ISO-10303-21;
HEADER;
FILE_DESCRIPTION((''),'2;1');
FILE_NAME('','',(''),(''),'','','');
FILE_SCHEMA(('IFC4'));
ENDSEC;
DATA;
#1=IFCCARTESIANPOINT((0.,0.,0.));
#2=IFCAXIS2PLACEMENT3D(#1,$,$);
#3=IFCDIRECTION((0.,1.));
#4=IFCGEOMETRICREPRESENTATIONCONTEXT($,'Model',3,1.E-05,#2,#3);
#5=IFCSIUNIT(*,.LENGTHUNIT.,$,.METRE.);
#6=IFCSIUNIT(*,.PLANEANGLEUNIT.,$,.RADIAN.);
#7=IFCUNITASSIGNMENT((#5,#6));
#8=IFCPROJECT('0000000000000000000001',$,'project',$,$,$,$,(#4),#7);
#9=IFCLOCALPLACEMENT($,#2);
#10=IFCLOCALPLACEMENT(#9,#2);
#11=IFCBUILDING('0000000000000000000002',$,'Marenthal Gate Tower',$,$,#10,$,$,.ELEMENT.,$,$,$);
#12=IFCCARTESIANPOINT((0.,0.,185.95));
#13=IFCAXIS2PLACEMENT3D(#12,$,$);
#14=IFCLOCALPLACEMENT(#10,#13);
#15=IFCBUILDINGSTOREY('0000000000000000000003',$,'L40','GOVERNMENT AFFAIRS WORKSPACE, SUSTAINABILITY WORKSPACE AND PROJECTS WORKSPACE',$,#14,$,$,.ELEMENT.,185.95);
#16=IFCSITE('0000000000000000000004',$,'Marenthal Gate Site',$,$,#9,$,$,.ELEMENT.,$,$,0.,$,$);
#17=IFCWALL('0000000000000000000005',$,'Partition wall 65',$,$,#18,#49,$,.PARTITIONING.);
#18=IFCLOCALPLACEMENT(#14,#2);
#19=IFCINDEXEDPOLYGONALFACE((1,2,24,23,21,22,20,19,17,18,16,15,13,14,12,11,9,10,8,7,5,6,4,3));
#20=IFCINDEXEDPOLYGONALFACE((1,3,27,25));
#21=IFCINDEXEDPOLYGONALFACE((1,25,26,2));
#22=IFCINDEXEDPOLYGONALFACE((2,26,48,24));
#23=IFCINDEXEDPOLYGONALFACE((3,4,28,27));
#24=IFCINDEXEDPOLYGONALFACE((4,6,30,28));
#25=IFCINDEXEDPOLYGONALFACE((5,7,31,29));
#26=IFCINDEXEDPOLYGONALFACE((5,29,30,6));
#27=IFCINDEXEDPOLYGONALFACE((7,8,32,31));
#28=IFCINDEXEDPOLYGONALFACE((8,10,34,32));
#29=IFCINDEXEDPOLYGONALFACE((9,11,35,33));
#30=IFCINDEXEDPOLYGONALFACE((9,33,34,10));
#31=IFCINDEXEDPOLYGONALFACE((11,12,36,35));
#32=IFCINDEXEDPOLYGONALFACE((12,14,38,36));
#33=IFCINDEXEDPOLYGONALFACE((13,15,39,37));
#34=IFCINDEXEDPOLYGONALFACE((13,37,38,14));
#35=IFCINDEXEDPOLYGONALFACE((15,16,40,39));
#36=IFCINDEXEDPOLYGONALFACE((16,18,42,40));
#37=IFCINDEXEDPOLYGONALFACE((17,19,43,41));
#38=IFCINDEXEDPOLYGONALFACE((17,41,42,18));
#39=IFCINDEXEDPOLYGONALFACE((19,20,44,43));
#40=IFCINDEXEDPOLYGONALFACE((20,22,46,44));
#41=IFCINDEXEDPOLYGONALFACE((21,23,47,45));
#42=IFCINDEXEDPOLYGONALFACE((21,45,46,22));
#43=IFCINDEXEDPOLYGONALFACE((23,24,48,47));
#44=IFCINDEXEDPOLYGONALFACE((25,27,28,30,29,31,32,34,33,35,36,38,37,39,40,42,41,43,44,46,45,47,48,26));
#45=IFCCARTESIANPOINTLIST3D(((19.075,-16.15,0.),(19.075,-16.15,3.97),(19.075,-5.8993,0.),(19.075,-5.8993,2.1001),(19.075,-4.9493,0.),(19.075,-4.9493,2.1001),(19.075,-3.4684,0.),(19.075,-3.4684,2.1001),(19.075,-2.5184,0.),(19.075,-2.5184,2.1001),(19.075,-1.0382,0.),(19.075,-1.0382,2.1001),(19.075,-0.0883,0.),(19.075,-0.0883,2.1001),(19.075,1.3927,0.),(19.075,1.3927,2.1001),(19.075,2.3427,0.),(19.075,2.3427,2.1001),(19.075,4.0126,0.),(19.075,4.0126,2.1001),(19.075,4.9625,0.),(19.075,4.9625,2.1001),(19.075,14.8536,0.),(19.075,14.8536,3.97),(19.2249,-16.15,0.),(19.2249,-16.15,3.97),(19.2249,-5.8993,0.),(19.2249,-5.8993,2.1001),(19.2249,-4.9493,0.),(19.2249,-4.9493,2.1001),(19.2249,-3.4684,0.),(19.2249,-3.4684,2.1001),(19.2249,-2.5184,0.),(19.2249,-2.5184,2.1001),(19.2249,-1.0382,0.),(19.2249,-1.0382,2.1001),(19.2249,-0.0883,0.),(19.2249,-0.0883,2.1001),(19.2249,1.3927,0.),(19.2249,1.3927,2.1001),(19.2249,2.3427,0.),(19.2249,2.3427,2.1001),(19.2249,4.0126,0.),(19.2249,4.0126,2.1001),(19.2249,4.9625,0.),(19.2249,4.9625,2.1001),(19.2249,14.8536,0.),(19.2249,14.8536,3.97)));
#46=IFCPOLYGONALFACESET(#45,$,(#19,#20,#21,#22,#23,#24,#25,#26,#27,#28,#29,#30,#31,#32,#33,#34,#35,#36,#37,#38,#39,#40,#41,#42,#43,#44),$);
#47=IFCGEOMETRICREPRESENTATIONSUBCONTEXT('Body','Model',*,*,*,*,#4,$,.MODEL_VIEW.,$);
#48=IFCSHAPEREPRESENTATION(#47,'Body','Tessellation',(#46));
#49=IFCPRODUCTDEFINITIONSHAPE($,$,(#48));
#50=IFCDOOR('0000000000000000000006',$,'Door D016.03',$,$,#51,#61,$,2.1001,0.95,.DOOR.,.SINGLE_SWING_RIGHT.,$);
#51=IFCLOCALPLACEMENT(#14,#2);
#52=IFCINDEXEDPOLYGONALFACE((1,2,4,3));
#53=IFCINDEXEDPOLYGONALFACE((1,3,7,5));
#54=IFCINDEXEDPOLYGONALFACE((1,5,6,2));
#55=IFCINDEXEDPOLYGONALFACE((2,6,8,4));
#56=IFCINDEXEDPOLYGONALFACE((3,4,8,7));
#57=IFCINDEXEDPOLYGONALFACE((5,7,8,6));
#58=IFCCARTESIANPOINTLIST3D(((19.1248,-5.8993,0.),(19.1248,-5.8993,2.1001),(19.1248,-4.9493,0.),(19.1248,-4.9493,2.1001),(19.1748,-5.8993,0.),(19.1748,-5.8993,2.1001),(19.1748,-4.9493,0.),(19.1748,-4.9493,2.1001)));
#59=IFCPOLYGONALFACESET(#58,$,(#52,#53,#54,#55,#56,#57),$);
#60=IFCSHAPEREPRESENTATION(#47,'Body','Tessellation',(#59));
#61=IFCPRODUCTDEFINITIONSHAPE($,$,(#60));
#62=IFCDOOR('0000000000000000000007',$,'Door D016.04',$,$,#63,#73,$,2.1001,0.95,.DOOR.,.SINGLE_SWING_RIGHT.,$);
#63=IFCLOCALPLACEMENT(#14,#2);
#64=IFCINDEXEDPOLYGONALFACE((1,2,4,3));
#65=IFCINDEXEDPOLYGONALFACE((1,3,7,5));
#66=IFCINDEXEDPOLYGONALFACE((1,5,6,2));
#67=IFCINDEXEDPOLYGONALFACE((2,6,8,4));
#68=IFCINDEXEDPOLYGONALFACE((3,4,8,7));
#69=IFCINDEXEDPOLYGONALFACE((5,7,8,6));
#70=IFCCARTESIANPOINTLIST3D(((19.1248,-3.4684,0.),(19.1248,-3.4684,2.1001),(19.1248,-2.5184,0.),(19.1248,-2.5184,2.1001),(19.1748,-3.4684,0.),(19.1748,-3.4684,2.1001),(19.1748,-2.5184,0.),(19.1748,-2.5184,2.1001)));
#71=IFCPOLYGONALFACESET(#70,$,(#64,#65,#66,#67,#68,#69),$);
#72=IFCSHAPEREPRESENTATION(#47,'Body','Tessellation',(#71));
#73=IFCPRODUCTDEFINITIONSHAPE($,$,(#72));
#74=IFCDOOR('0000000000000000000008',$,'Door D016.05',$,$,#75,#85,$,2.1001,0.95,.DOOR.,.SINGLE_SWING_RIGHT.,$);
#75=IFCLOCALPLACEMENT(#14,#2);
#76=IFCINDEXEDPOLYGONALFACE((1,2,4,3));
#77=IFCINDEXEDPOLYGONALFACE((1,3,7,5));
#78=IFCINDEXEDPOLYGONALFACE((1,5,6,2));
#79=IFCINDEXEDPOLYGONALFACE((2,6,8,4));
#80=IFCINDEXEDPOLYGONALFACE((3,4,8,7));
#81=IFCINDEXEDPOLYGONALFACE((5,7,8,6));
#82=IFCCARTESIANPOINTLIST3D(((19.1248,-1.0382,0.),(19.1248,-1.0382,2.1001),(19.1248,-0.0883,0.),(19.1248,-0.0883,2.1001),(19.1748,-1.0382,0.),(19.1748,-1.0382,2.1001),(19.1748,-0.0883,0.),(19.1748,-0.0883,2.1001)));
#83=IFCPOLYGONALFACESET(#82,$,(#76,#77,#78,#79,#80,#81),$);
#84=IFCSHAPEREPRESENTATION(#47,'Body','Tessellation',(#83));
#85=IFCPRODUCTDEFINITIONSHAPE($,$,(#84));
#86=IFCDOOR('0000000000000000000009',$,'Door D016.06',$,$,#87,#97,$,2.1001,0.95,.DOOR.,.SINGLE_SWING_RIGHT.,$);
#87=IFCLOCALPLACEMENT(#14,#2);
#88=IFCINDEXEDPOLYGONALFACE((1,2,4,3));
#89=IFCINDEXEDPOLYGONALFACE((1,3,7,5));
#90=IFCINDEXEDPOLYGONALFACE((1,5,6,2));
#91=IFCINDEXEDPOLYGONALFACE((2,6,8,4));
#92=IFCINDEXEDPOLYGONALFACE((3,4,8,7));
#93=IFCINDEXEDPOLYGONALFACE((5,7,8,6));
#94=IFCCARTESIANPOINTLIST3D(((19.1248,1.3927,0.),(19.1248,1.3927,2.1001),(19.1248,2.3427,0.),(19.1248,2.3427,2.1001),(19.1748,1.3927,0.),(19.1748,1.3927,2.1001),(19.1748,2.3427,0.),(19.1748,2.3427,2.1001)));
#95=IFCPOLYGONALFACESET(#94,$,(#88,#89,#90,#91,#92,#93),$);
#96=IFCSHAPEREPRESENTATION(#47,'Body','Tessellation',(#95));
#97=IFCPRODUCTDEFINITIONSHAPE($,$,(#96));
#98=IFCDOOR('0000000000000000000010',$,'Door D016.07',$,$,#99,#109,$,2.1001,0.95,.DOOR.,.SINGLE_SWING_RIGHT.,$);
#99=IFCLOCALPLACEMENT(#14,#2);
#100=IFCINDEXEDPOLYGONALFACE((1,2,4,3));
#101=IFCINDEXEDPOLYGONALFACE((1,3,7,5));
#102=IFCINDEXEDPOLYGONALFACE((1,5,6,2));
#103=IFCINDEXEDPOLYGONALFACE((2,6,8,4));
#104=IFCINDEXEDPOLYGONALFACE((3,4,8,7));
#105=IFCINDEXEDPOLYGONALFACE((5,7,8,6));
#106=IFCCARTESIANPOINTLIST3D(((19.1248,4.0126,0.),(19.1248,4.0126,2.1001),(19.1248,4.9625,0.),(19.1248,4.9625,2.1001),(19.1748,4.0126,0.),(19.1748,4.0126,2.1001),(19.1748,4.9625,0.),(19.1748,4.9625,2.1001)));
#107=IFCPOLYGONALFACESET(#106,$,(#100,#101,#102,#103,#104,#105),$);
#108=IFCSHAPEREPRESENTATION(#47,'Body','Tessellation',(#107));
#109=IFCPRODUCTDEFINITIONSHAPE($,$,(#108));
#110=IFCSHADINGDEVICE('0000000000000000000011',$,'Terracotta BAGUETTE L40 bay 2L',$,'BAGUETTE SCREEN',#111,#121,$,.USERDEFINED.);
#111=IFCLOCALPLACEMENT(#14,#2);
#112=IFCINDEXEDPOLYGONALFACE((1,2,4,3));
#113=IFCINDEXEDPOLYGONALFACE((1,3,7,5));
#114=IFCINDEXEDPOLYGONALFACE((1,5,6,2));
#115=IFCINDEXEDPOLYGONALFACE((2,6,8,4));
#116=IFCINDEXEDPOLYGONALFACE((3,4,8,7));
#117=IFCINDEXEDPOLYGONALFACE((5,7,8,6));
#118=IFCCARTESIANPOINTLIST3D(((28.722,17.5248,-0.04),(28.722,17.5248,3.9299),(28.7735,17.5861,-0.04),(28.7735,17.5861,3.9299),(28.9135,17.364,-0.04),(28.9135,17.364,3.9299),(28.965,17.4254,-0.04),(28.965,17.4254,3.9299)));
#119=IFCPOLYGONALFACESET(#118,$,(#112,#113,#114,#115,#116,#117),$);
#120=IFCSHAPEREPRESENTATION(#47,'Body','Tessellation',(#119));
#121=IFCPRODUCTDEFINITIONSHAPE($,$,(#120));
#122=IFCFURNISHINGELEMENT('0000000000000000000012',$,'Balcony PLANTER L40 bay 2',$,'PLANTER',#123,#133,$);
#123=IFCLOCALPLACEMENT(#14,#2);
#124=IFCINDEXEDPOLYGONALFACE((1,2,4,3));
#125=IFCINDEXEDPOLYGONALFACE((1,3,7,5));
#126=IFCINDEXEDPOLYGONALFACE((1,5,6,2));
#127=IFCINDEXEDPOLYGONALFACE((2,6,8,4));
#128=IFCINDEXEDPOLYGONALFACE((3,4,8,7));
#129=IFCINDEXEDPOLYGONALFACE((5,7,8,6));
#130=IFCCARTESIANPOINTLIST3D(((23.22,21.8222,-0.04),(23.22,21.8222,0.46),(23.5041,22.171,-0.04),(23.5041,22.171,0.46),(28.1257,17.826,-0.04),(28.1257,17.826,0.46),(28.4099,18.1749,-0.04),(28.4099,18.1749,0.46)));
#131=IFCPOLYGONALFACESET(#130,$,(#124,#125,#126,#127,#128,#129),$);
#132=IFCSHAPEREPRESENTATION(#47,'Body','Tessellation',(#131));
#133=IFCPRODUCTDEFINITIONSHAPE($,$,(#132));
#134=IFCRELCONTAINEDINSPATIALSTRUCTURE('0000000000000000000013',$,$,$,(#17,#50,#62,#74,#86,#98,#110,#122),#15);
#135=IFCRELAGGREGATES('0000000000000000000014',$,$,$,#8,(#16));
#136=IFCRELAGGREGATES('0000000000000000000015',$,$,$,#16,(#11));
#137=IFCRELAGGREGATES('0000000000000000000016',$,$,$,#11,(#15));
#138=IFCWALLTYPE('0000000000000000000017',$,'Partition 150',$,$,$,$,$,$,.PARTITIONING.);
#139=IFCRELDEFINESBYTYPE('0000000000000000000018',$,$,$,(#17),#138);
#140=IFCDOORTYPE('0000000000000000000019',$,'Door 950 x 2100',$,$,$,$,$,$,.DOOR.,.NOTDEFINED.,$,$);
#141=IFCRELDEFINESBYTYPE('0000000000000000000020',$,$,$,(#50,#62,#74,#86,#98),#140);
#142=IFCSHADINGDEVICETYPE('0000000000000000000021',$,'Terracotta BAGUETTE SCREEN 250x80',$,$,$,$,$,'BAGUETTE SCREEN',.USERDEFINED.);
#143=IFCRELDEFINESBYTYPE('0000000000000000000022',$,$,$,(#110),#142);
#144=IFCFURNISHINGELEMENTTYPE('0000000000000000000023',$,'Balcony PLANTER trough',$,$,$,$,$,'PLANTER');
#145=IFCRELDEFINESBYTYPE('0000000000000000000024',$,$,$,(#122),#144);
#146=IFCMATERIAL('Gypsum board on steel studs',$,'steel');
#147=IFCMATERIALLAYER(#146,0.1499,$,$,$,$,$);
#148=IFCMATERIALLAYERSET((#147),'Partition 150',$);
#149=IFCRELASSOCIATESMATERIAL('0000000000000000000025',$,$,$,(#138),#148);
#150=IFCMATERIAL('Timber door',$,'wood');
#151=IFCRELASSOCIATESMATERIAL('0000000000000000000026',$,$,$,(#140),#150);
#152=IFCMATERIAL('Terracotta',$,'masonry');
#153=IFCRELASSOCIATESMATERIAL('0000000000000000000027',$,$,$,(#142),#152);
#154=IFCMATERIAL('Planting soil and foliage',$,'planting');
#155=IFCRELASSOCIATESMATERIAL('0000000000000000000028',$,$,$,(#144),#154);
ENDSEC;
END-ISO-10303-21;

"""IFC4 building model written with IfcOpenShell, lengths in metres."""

from ifc_helpers import new_model, si_unit, direction, frame, frame_2d, origin, origin_2d, place, context, subcontext, project, spatial, rectangle, extrude, material, layer, layer_set, material_profile, profile_set, type_object, element, fill, save


model = new_model("IFC4")

# Units and contexts
model_context = context("Model", 3, precision=1e-05, world=origin(), true_north=direction((0.0, 1.0)))
body_context = subcontext(model_context, "Body", "Model", "MODEL_VIEW")
ifc_project = project(units=[si_unit("LENGTHUNIT", "METRE"), si_unit("PLANEANGLEUNIT", "RADIAN")], contexts=[model_context])

# Site, building, storey
site_placement = place(None, origin())
site = spatial("IfcSite", under=ifc_project, at=site_placement, Name="Marenthal Gate Site", CompositionType="ELEMENT", RefElevation=0.0)
building_placement = place(site_placement, origin())
building = spatial("IfcBuilding", under=site, at=building_placement, Name="Marenthal Gate Tower", CompositionType="ELEMENT")
storey_placement = place(building_placement, frame((0.0, 0.0, 185.95)))
storey = spatial("IfcBuildingStorey", under=building, at=storey_placement, Name="L40", Description="GOVERNMENT AFFAIRS WORKSPACE, SUSTAINABILITY WORKSPACE AND PROJECTS WORKSPACE", CompositionType="ELEMENT", Elevation=185.95)

# Shared definitions
ifc_material_1 = material(Name="Gypsum board on steel studs", Category="steel")
ifc_layer_1 = layer(ifc_material_1, 0.1499)
ifc_layer_set_1 = layer_set([ifc_layer_1], Name="Partition 150")
wall_type_1 = type_object("IfcWallType", Name="Partition 150", PredefinedType="PARTITIONING", material=ifc_layer_set_1)

# Wall, openings, doors
wall_1_placement = place(storey_placement, frame((19.1499, 14.8538, 0.0), z_axis=(0.0, 0.0, 1.0), x_axis=(0.0, -1.0, 0.0)))
wall_1 = element("IfcWall", 1, at=wall_1_placement, inside=storey, type_object=wall_type_1, Name="Partition wall 65", PredefinedType="PARTITIONING", context=body_context, shape_type="SweptSolid", body=[
    extrude(rectangle(XDim=31.0037, YDim=0.1499, at=frame_2d((15.502, 0.0))), origin(), (0.0, 0.0, 1.0), 3.97),
])
opening_1_placement = place(wall_1_placement, frame((19.803, 0.0, 0.0)))
opening_1 = element("IfcOpeningElement", 2, at=opening_1_placement, cuts=wall_1, PredefinedType="OPENING", context=body_context, shape_type="SweptSolid", body=[
    extrude(rectangle(XDim=0.95, YDim=2.1001, at=frame_2d((0.4751, 1.05))), frame((0.0, 0.085, 0.0), z_axis=(0.0, -1.0, 0.0), x_axis=(1.0, 0.0, 0.0)), (0.0, 0.0, 1.0), 0.1699),
])
opening_2_placement = place(wall_1_placement, frame((17.3721, 0.0, 0.0)))
opening_2 = element("IfcOpeningElement", 3, at=opening_2_placement, cuts=wall_1, PredefinedType="OPENING", context=body_context, shape_type="SweptSolid", body=[
    extrude(rectangle(XDim=0.95, YDim=2.1001, at=frame_2d((0.4751, 1.05))), frame((0.0, 0.085, 0.0), z_axis=(0.0, -1.0, 0.0), x_axis=(1.0, 0.0, 0.0)), (0.0, 0.0, 1.0), 0.1699),
])
opening_3_placement = place(wall_1_placement, frame((14.9419, 0.0, 0.0)))
opening_3 = element("IfcOpeningElement", 4, at=opening_3_placement, cuts=wall_1, PredefinedType="OPENING", context=body_context, shape_type="SweptSolid", body=[
    extrude(rectangle(XDim=0.95, YDim=2.1001, at=frame_2d((0.4751, 1.05))), frame((0.0, 0.085, 0.0), z_axis=(0.0, -1.0, 0.0), x_axis=(1.0, 0.0, 0.0)), (0.0, 0.0, 1.0), 0.1699),
])
opening_4_placement = place(wall_1_placement, frame((12.511, 0.0, 0.0)))
opening_4 = element("IfcOpeningElement", 5, at=opening_4_placement, cuts=wall_1, PredefinedType="OPENING", context=body_context, shape_type="SweptSolid", body=[
    extrude(rectangle(XDim=0.95, YDim=2.1001, at=frame_2d((0.4751, 1.05))), frame((0.0, 0.085, 0.0), z_axis=(0.0, -1.0, 0.0), x_axis=(1.0, 0.0, 0.0)), (0.0, 0.0, 1.0), 0.1699),
])
opening_5_placement = place(wall_1_placement, frame((9.8911, 0.0, 0.0)))
opening_5 = element("IfcOpeningElement", 6, at=opening_5_placement, cuts=wall_1, PredefinedType="OPENING", context=body_context, shape_type="SweptSolid", body=[
    extrude(rectangle(XDim=0.95, YDim=2.1001, at=frame_2d((0.4751, 1.05))), frame((0.0, 0.085, 0.0), z_axis=(0.0, -1.0, 0.0), x_axis=(1.0, 0.0, 0.0)), (0.0, 0.0, 1.0), 0.1699),
])
ifc_material_2 = material(Name="Timber door", Category="wood")
door_type_1 = type_object("IfcDoorType", Name="Door 950 x 2100", OperationType="NOTDEFINED", PredefinedType="DOOR", material=ifc_material_2)
door_1_placement = place(opening_1_placement, origin())
door_1 = element("IfcDoor", 7, at=door_1_placement, inside=storey, type_object=door_type_1, Name="Door D016.03", OperationType="SINGLE_SWING_RIGHT", OverallHeight=2.1001, OverallWidth=0.95, PredefinedType="DOOR", context=body_context, shape_type="SweptSolid", body=[
    extrude(rectangle(XDim=0.95, YDim=2.1001, at=frame_2d((0.4751, 1.05))), frame((0.0, 0.0249, 0.0), z_axis=(0.0, -1.0, 0.0), x_axis=(1.0, 0.0, 0.0)), (0.0, 0.0, 1.0), 0.05),
])
fill(opening_1, door_1)
door_2_placement = place(opening_2_placement, origin())
door_2 = element("IfcDoor", 8, at=door_2_placement, inside=storey, type_object=door_type_1, Name="Door D016.04", OperationType="SINGLE_SWING_RIGHT", OverallHeight=2.1001, OverallWidth=0.95, PredefinedType="DOOR", context=body_context, shape_type="SweptSolid", body=[
    extrude(rectangle(XDim=0.95, YDim=2.1001, at=frame_2d((0.4751, 1.05))), frame((0.0, 0.0249, 0.0), z_axis=(0.0, -1.0, 0.0), x_axis=(1.0, 0.0, 0.0)), (0.0, 0.0, 1.0), 0.05),
])
fill(opening_2, door_2)
door_3_placement = place(opening_3_placement, origin())
door_3 = element("IfcDoor", 9, at=door_3_placement, inside=storey, type_object=door_type_1, Name="Door D016.05", OperationType="SINGLE_SWING_RIGHT", OverallHeight=2.1001, OverallWidth=0.95, PredefinedType="DOOR", context=body_context, shape_type="SweptSolid", body=[
    extrude(rectangle(XDim=0.95, YDim=2.1001, at=frame_2d((0.4751, 1.05))), frame((0.0, 0.0249, 0.0), z_axis=(0.0, -1.0, 0.0), x_axis=(1.0, 0.0, 0.0)), (0.0, 0.0, 1.0), 0.05),
])
fill(opening_3, door_3)
door_4_placement = place(opening_4_placement, origin())
door_4 = element("IfcDoor", 10, at=door_4_placement, inside=storey, type_object=door_type_1, Name="Door D016.06", OperationType="SINGLE_SWING_RIGHT", OverallHeight=2.1001, OverallWidth=0.95, PredefinedType="DOOR", context=body_context, shape_type="SweptSolid", body=[
    extrude(rectangle(XDim=0.95, YDim=2.1001, at=frame_2d((0.4751, 1.05))), frame((0.0, 0.0249, 0.0), z_axis=(0.0, -1.0, 0.0), x_axis=(1.0, 0.0, 0.0)), (0.0, 0.0, 1.0), 0.05),
])
fill(opening_4, door_4)
door_5_placement = place(opening_5_placement, origin())
door_5 = element("IfcDoor", 11, at=door_5_placement, inside=storey, type_object=door_type_1, Name="Door D016.07", OperationType="SINGLE_SWING_RIGHT", OverallHeight=2.1001, OverallWidth=0.95, PredefinedType="DOOR", context=body_context, shape_type="SweptSolid", body=[
    extrude(rectangle(XDim=0.95, YDim=2.1001, at=frame_2d((0.4751, 1.05))), frame((0.0, 0.0249, 0.0), z_axis=(0.0, -1.0, 0.0), x_axis=(1.0, 0.0, 0.0)), (0.0, 0.0, 1.0), 0.05),
])
fill(opening_5, door_5)

# Shading device
ifc_material_3 = material(Name="Terracotta", Category="masonry")
ifc_material_profile_1 = material_profile(ifc_material_3, rectangle(XDim=0.25, YDim=0.0801, at=origin_2d()), Name="Terracotta baguette 250x80")
ifc_profile_set_1 = profile_set([ifc_material_profile_1], Name="Terracotta")
shading_device_type = type_object("IfcShadingDeviceType", Name="Terracotta BAGUETTE SCREEN 250x80", ElementType="BAGUETTE SCREEN", PredefinedType="USERDEFINED", material=ifc_profile_set_1)
shading_device_placement = place(storey_placement, frame((28.8435, 17.4751, -0.04), z_axis=(0.0, 0.0, 1.0), x_axis=(-0.76578, 0.643103, 0.0)))
element("IfcShadingDevice", 12, at=shading_device_placement, inside=storey, type_object=shading_device_type, Name="Terracotta BAGUETTE L40 bay 2L", ObjectType="BAGUETTE SCREEN", PredefinedType="USERDEFINED", context=body_context, shape_type="SweptSolid", body=[
    extrude(rectangle(XDim=0.25, YDim=0.0801, at=origin_2d()), origin(), (0.0, 0.0, 1.0), 3.97),
])

# Furnishing element
ifc_material_4 = material(Name="Planting soil and foliage", Category="planting")
furnishing_element_type = type_object("IfcFurnishingElementType", Name="Balcony PLANTER trough", ElementType="PLANTER", material=ifc_material_4)
furnishing_placement = place(storey_placement, frame((25.8149, 19.9985, -0.04), z_axis=(0.0, 0.0, 1.0), x_axis=(-0.775322, 0.631567, 0.0)))
element("IfcFurnishingElement", 13, at=furnishing_placement, inside=storey, type_object=furnishing_element_type, Name="Balcony PLANTER L40 bay 2", ObjectType="PLANTER", context=body_context, shape_type="SweptSolid", body=[
    extrude(rectangle(XDim=6.3274, YDim=0.45, at=origin_2d()), origin(), (0.0, 0.0, 1.0), 0.5),
])

save(model, "model.ifc")
